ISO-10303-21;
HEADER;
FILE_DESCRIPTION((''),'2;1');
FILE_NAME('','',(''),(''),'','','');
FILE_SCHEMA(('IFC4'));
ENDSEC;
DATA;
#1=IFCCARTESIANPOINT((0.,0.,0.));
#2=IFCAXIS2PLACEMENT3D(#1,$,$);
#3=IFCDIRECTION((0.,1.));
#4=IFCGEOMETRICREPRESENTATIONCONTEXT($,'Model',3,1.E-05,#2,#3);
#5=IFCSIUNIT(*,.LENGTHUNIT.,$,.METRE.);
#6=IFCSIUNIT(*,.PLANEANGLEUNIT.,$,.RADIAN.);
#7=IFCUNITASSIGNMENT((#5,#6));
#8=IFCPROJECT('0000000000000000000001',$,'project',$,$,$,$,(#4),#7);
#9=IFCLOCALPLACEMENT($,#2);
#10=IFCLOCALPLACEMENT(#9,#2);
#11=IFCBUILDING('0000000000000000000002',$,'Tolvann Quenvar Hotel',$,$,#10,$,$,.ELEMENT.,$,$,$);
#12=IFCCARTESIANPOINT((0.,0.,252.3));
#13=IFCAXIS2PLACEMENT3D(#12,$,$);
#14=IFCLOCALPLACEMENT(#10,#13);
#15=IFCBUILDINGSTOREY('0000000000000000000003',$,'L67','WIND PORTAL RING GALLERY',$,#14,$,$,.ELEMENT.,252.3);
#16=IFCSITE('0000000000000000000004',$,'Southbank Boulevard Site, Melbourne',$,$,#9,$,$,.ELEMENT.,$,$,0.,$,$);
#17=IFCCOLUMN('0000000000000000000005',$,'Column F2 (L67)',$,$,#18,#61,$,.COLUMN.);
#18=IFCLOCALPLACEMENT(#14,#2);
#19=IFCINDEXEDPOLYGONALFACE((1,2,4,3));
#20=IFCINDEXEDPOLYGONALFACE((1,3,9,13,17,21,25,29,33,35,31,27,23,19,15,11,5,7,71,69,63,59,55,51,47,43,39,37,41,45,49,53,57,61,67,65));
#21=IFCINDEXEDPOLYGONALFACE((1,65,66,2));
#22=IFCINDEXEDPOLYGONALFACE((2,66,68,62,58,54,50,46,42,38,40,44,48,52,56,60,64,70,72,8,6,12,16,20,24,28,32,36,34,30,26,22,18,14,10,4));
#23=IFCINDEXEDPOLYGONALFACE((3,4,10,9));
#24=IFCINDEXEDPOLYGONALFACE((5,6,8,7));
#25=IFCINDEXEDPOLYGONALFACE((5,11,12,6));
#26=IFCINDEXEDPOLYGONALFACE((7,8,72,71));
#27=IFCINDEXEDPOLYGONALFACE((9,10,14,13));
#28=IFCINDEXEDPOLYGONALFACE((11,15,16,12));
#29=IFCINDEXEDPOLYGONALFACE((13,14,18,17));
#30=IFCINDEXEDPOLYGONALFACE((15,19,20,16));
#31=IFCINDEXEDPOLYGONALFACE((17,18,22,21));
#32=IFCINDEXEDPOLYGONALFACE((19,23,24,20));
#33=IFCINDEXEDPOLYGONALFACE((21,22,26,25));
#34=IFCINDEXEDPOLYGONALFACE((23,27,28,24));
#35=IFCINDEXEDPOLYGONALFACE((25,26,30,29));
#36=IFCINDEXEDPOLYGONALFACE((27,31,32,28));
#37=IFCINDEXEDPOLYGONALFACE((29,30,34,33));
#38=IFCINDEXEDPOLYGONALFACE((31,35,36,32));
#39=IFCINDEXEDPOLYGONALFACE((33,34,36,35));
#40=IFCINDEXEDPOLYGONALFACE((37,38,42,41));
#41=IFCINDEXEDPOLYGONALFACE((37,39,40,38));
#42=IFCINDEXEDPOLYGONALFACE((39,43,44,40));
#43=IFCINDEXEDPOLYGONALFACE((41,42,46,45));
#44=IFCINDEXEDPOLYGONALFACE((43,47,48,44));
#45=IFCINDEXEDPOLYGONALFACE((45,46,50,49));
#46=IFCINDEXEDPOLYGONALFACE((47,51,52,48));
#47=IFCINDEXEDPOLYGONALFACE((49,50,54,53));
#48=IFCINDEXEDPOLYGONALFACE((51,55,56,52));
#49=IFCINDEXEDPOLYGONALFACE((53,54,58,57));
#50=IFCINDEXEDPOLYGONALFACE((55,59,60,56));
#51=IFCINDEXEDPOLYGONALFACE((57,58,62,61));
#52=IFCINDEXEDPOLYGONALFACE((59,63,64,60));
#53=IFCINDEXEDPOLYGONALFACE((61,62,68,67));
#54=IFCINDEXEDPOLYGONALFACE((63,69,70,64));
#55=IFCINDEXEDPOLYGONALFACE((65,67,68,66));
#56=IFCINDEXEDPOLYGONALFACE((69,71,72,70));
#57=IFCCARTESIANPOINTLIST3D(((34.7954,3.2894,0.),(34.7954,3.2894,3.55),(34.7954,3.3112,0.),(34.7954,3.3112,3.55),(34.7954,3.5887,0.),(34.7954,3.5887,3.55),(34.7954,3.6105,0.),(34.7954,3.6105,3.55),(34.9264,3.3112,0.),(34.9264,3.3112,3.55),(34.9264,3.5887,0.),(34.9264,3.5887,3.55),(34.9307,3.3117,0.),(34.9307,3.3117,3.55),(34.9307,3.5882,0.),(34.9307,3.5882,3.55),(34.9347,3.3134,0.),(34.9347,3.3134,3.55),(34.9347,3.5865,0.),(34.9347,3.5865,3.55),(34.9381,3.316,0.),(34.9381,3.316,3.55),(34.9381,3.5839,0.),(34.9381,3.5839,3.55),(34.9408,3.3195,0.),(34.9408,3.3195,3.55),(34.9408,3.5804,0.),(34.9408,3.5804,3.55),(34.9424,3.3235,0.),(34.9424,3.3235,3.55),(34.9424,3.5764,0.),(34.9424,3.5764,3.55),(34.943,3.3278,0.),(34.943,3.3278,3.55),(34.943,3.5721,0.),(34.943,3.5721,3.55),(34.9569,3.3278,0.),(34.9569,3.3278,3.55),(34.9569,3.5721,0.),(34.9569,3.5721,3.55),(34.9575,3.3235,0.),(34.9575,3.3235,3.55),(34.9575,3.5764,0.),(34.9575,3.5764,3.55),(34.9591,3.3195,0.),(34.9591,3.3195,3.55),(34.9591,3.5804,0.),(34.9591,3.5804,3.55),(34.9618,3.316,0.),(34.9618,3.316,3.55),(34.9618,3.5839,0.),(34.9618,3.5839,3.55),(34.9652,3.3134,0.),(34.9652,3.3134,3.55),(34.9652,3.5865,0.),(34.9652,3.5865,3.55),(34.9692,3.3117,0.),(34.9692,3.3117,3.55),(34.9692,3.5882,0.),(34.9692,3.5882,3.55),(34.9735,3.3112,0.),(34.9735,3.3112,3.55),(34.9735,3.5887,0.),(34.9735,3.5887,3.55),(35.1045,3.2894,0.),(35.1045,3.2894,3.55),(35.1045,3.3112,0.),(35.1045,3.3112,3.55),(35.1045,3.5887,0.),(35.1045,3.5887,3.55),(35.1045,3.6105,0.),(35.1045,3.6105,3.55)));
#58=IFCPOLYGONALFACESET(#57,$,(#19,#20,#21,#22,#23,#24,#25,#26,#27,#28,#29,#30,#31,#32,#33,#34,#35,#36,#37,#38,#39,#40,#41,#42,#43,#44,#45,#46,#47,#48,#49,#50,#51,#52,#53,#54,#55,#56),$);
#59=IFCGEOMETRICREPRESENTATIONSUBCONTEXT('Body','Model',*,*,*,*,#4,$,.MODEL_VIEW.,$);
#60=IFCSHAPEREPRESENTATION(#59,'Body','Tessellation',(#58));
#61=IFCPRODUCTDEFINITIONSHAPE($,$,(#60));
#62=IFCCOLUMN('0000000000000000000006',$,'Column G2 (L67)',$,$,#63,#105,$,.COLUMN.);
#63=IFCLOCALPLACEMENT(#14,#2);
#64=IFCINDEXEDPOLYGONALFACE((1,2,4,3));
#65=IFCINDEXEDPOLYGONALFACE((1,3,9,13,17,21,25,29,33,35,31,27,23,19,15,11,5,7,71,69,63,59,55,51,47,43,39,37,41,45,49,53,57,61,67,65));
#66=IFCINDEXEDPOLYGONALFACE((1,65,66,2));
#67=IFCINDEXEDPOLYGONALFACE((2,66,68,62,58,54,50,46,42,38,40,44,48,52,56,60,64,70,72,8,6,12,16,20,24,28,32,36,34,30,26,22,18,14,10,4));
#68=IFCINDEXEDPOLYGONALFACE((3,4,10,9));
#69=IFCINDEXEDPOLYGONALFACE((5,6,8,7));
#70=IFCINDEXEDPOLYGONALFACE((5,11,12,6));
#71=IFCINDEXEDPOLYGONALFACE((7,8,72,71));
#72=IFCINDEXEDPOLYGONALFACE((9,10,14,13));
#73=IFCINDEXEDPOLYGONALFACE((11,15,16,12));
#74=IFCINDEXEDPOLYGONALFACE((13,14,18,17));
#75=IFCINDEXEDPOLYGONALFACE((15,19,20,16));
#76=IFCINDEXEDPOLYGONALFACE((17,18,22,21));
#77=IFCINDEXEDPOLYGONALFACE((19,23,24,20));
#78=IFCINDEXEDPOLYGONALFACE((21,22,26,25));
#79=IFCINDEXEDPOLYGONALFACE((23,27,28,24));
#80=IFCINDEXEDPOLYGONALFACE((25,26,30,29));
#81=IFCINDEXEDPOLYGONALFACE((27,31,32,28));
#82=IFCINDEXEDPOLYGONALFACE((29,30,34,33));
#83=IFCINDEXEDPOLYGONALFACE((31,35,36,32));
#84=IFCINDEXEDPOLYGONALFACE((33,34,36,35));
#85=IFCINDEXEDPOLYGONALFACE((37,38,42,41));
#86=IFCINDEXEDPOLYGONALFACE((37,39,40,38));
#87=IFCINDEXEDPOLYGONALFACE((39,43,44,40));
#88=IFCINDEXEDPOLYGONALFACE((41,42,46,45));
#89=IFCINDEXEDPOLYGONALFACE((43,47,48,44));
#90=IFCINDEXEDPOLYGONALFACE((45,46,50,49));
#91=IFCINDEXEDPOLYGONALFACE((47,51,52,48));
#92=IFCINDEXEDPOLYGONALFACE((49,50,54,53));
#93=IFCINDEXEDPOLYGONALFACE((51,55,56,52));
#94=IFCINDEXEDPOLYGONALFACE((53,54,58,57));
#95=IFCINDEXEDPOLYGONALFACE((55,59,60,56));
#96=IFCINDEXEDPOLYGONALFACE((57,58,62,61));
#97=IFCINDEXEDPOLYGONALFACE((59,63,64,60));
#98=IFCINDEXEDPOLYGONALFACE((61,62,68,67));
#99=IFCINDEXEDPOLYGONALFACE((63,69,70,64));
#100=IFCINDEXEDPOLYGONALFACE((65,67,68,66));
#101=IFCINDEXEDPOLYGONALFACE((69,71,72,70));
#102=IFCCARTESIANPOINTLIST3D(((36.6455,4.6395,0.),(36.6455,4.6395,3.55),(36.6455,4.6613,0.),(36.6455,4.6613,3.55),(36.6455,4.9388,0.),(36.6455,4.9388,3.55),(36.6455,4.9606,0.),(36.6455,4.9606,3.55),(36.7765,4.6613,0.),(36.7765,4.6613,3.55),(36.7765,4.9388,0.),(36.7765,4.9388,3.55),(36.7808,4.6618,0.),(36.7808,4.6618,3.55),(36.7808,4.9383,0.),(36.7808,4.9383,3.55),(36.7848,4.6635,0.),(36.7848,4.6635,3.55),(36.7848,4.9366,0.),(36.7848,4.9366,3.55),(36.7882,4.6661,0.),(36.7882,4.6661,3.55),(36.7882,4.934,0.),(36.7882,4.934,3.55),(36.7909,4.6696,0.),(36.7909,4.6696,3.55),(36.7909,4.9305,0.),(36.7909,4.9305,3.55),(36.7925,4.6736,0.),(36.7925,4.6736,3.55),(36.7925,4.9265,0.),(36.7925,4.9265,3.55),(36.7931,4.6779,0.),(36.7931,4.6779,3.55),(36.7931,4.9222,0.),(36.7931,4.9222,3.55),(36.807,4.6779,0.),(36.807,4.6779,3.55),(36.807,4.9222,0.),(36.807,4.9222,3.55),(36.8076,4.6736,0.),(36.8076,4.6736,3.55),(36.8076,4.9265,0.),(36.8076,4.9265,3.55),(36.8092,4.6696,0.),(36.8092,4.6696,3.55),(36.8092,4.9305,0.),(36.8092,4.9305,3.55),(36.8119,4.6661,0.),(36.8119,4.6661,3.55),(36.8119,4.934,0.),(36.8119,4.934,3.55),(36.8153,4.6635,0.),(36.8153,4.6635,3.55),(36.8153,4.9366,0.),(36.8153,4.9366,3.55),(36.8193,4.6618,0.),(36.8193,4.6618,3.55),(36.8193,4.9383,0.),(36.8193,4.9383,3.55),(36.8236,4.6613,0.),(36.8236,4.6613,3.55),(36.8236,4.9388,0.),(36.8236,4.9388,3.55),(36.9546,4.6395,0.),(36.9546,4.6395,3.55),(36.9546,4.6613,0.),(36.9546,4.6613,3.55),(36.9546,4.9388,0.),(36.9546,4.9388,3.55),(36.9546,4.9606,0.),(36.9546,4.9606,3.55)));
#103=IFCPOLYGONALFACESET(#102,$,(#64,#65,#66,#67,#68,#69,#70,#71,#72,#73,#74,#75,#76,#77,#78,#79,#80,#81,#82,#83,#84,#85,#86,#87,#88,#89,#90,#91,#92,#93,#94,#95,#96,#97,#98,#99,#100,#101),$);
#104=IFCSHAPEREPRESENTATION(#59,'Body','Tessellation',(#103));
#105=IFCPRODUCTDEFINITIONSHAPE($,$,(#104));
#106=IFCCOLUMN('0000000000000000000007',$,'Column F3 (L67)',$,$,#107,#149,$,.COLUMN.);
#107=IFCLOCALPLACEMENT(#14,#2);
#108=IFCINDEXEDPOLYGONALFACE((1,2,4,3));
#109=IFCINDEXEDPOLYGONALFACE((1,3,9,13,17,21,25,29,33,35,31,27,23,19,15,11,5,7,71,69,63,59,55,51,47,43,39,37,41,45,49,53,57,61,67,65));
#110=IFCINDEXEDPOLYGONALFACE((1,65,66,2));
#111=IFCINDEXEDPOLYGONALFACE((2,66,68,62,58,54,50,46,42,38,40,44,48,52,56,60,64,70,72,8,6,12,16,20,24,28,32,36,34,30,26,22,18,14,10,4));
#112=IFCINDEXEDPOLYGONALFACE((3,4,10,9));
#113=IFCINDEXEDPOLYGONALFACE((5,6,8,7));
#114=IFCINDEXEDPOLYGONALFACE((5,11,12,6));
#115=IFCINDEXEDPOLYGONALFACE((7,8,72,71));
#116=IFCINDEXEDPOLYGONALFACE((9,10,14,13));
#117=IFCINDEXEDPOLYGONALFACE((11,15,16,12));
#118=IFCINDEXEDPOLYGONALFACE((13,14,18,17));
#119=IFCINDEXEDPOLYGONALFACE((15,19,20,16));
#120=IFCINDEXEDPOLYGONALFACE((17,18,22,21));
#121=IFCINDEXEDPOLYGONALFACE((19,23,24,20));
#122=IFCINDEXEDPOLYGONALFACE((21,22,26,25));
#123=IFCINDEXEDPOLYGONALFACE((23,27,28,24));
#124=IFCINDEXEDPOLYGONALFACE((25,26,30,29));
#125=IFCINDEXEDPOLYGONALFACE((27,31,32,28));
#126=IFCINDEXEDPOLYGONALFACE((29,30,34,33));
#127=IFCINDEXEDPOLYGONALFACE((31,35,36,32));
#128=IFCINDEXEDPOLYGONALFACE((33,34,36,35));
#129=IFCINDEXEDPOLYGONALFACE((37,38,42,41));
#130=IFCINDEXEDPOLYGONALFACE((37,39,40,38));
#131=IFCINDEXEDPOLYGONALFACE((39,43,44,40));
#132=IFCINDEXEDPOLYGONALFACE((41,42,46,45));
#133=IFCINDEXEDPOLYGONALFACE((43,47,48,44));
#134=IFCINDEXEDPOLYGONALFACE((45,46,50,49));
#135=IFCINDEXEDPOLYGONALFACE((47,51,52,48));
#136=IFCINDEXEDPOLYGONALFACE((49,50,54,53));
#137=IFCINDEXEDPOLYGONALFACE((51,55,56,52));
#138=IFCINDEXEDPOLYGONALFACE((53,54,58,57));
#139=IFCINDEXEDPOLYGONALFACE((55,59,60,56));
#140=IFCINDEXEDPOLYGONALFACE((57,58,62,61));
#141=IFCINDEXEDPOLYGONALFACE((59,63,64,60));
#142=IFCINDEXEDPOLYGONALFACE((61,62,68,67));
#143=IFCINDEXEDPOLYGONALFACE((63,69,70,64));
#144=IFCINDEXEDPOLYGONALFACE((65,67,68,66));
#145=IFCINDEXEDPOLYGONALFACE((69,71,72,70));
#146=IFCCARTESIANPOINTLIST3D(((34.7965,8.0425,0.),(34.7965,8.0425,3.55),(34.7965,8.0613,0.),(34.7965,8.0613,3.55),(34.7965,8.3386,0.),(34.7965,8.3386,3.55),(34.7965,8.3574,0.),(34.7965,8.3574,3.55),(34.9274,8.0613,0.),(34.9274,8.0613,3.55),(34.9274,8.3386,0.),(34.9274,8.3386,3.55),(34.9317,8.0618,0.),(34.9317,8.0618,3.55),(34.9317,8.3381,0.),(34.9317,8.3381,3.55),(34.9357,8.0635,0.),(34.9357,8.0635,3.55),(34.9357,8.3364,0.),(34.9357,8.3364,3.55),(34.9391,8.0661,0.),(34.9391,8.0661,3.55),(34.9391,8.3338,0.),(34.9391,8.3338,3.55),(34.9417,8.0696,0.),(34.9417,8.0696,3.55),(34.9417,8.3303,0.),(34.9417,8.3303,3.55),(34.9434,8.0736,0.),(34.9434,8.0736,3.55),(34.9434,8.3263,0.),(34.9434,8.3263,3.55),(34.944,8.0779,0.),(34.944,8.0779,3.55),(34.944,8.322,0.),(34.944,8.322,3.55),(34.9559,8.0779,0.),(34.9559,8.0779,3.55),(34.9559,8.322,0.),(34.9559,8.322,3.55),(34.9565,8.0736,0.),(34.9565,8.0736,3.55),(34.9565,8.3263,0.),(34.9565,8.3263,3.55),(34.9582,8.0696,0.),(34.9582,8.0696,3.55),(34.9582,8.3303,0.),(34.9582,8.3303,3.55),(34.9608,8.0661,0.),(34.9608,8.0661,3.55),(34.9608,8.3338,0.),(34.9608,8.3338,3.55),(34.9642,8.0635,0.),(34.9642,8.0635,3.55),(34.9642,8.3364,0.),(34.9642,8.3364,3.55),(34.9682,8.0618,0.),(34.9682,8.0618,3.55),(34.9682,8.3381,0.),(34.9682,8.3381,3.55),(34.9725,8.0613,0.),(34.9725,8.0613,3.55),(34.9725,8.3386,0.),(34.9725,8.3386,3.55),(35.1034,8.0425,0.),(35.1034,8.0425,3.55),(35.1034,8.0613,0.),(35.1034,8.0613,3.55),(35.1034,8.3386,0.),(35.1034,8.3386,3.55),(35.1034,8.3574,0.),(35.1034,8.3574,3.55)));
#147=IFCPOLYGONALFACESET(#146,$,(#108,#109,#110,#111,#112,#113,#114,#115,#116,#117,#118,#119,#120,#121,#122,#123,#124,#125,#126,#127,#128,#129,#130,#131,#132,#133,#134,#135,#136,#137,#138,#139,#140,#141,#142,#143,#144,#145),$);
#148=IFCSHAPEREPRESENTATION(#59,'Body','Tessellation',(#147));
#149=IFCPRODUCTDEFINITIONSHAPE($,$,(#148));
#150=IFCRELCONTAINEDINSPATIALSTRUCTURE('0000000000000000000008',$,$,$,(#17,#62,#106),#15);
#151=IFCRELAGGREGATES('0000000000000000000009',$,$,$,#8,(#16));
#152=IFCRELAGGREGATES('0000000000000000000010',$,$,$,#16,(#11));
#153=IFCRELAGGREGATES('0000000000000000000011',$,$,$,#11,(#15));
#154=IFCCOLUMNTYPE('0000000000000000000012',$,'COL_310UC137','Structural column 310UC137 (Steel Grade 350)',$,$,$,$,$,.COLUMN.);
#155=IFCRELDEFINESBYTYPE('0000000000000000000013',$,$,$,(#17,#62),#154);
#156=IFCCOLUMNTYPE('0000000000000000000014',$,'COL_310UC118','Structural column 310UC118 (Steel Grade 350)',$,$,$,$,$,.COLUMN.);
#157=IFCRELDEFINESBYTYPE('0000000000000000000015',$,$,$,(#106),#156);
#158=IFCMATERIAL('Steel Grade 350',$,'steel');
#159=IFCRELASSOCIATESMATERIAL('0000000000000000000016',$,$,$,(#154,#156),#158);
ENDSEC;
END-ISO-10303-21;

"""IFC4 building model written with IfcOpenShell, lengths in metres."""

from ifc_helpers import new_model, si_unit, direction, frame, origin, origin_2d, place, context, subcontext, project, spatial, i_section, extrude, source, transform, mapped, material, material_profile, profile_set, type_object, type_shapes, element, save


model = new_model("IFC4")

# Units and contexts
model_context = context("Model", 3, precision=1e-05, world=origin(), true_north=direction((0.0, 1.0)))
body_context = subcontext(model_context, "Body", "Model", "MODEL_VIEW")
ifc_project = project(units=[si_unit("LENGTHUNIT", "METRE"), si_unit("PLANEANGLEUNIT", "RADIAN")], contexts=[model_context])

# Site, building, storey
site_placement = place(None, origin())
site = spatial("IfcSite", under=ifc_project, at=site_placement, Name="Southbank Boulevard Site, Melbourne", CompositionType="ELEMENT", RefElevation=0.0)
building_placement = place(site_placement, origin())
building = spatial("IfcBuilding", under=site, at=building_placement, Name="Tolvann Quenvar Hotel", CompositionType="ELEMENT")
storey_placement = place(building_placement, frame((0.0, 0.0, 252.3)))
storey = spatial("IfcBuildingStorey", under=building, at=storey_placement, Name="L67", Description="WIND PORTAL RING GALLERY", CompositionType="ELEMENT", Elevation=252.3)

# Columns
ifc_material_1 = material(Name="Steel Grade 350", Category="steel")
ifc_material_profile_1 = material_profile(ifc_material_1, i_section(OverallWidth=0.3091, OverallDepth=0.321, WebThickness=0.0139, FlangeThickness=0.0217, FilletRadius=0.0166, at=origin_2d()), Name="310UC137")
ifc_profile_set_1 = profile_set([ifc_material_profile_1], Name="Steel Grade 350")
column_type_1 = type_object("IfcColumnType", Name="COL_310UC137", Description="Structural column 310UC137 (Steel Grade 350)", PredefinedType="COLUMN", material=ifc_profile_set_1)
shared_shape_1 = source(origin(), body_context, "Body", "SweptSolid", [
    extrude(i_section(OverallWidth=0.3091, OverallDepth=0.321, WebThickness=0.0139, FlangeThickness=0.0217, FilletRadius=0.0166, at=origin_2d()), origin(), (0.0, 0.0, 1.0), 3.55),
])
type_shapes(column_type_1, [shared_shape_1])
for number, where, z_axis, x_axis, name in (
    (1, (34.95, 3.45, 0.0), (0.0, 0.0, 1.0), (1.0, 0.0, 0.0), "Column F2 (L67)"),
    (2, (36.8, 4.8, 0.0), (0.0, 0.0, 1.0), (1.0, 0.0, 0.0), "Column G2 (L67)"),
):
    element("IfcColumn", number, at=place(storey_placement, frame(where, z_axis=z_axis, x_axis=x_axis)), inside=storey, type_object=column_type_1, Name=name, PredefinedType="COLUMN", context=body_context, shape_type="MappedRepresentation", body=[
        mapped(shared_shape_1, transform((0.0, 0.0, 0.0), x_axis=(1.0, 0.0, 0.0), y_axis=(0.0, 1.0, 0.0), z_axis=(0.0, 0.0, 1.0), scale=1.0)),
    ])
ifc_material_profile_2 = material_profile(ifc_material_1, i_section(OverallWidth=0.3069, OverallDepth=0.3149, WebThickness=0.012, FlangeThickness=0.0188, FilletRadius=0.0166, at=origin_2d()), Name="310UC118")
ifc_profile_set_2 = profile_set([ifc_material_profile_2], Name="Steel Grade 350")
column_type_2 = type_object("IfcColumnType", Name="COL_310UC118", Description="Structural column 310UC118 (Steel Grade 350)", PredefinedType="COLUMN", material=ifc_profile_set_2)
shared_shape_2 = source(origin(), body_context, "Body", "SweptSolid", [
    extrude(i_section(OverallWidth=0.3069, OverallDepth=0.3149, WebThickness=0.012, FlangeThickness=0.0188, FilletRadius=0.0166, at=origin_2d()), origin(), (0.0, 0.0, 1.0), 3.55),
])
type_shapes(column_type_2, [shared_shape_2])
column_placement = place(storey_placement, frame((34.95, 8.2, 0.0), z_axis=(0.0, 0.0, 1.0), x_axis=(1.0, 0.0, 0.0)))
element("IfcColumn", 3, at=column_placement, inside=storey, type_object=column_type_2, Name="Column F3 (L67)", PredefinedType="COLUMN", context=body_context, shape_type="MappedRepresentation", body=[
    mapped(shared_shape_2, transform((0.0, 0.0, 0.0), x_axis=(1.0, 0.0, 0.0), y_axis=(0.0, 1.0, 0.0), z_axis=(0.0, 0.0, 1.0), scale=1.0)),
])

save(model, "model.ifc")
